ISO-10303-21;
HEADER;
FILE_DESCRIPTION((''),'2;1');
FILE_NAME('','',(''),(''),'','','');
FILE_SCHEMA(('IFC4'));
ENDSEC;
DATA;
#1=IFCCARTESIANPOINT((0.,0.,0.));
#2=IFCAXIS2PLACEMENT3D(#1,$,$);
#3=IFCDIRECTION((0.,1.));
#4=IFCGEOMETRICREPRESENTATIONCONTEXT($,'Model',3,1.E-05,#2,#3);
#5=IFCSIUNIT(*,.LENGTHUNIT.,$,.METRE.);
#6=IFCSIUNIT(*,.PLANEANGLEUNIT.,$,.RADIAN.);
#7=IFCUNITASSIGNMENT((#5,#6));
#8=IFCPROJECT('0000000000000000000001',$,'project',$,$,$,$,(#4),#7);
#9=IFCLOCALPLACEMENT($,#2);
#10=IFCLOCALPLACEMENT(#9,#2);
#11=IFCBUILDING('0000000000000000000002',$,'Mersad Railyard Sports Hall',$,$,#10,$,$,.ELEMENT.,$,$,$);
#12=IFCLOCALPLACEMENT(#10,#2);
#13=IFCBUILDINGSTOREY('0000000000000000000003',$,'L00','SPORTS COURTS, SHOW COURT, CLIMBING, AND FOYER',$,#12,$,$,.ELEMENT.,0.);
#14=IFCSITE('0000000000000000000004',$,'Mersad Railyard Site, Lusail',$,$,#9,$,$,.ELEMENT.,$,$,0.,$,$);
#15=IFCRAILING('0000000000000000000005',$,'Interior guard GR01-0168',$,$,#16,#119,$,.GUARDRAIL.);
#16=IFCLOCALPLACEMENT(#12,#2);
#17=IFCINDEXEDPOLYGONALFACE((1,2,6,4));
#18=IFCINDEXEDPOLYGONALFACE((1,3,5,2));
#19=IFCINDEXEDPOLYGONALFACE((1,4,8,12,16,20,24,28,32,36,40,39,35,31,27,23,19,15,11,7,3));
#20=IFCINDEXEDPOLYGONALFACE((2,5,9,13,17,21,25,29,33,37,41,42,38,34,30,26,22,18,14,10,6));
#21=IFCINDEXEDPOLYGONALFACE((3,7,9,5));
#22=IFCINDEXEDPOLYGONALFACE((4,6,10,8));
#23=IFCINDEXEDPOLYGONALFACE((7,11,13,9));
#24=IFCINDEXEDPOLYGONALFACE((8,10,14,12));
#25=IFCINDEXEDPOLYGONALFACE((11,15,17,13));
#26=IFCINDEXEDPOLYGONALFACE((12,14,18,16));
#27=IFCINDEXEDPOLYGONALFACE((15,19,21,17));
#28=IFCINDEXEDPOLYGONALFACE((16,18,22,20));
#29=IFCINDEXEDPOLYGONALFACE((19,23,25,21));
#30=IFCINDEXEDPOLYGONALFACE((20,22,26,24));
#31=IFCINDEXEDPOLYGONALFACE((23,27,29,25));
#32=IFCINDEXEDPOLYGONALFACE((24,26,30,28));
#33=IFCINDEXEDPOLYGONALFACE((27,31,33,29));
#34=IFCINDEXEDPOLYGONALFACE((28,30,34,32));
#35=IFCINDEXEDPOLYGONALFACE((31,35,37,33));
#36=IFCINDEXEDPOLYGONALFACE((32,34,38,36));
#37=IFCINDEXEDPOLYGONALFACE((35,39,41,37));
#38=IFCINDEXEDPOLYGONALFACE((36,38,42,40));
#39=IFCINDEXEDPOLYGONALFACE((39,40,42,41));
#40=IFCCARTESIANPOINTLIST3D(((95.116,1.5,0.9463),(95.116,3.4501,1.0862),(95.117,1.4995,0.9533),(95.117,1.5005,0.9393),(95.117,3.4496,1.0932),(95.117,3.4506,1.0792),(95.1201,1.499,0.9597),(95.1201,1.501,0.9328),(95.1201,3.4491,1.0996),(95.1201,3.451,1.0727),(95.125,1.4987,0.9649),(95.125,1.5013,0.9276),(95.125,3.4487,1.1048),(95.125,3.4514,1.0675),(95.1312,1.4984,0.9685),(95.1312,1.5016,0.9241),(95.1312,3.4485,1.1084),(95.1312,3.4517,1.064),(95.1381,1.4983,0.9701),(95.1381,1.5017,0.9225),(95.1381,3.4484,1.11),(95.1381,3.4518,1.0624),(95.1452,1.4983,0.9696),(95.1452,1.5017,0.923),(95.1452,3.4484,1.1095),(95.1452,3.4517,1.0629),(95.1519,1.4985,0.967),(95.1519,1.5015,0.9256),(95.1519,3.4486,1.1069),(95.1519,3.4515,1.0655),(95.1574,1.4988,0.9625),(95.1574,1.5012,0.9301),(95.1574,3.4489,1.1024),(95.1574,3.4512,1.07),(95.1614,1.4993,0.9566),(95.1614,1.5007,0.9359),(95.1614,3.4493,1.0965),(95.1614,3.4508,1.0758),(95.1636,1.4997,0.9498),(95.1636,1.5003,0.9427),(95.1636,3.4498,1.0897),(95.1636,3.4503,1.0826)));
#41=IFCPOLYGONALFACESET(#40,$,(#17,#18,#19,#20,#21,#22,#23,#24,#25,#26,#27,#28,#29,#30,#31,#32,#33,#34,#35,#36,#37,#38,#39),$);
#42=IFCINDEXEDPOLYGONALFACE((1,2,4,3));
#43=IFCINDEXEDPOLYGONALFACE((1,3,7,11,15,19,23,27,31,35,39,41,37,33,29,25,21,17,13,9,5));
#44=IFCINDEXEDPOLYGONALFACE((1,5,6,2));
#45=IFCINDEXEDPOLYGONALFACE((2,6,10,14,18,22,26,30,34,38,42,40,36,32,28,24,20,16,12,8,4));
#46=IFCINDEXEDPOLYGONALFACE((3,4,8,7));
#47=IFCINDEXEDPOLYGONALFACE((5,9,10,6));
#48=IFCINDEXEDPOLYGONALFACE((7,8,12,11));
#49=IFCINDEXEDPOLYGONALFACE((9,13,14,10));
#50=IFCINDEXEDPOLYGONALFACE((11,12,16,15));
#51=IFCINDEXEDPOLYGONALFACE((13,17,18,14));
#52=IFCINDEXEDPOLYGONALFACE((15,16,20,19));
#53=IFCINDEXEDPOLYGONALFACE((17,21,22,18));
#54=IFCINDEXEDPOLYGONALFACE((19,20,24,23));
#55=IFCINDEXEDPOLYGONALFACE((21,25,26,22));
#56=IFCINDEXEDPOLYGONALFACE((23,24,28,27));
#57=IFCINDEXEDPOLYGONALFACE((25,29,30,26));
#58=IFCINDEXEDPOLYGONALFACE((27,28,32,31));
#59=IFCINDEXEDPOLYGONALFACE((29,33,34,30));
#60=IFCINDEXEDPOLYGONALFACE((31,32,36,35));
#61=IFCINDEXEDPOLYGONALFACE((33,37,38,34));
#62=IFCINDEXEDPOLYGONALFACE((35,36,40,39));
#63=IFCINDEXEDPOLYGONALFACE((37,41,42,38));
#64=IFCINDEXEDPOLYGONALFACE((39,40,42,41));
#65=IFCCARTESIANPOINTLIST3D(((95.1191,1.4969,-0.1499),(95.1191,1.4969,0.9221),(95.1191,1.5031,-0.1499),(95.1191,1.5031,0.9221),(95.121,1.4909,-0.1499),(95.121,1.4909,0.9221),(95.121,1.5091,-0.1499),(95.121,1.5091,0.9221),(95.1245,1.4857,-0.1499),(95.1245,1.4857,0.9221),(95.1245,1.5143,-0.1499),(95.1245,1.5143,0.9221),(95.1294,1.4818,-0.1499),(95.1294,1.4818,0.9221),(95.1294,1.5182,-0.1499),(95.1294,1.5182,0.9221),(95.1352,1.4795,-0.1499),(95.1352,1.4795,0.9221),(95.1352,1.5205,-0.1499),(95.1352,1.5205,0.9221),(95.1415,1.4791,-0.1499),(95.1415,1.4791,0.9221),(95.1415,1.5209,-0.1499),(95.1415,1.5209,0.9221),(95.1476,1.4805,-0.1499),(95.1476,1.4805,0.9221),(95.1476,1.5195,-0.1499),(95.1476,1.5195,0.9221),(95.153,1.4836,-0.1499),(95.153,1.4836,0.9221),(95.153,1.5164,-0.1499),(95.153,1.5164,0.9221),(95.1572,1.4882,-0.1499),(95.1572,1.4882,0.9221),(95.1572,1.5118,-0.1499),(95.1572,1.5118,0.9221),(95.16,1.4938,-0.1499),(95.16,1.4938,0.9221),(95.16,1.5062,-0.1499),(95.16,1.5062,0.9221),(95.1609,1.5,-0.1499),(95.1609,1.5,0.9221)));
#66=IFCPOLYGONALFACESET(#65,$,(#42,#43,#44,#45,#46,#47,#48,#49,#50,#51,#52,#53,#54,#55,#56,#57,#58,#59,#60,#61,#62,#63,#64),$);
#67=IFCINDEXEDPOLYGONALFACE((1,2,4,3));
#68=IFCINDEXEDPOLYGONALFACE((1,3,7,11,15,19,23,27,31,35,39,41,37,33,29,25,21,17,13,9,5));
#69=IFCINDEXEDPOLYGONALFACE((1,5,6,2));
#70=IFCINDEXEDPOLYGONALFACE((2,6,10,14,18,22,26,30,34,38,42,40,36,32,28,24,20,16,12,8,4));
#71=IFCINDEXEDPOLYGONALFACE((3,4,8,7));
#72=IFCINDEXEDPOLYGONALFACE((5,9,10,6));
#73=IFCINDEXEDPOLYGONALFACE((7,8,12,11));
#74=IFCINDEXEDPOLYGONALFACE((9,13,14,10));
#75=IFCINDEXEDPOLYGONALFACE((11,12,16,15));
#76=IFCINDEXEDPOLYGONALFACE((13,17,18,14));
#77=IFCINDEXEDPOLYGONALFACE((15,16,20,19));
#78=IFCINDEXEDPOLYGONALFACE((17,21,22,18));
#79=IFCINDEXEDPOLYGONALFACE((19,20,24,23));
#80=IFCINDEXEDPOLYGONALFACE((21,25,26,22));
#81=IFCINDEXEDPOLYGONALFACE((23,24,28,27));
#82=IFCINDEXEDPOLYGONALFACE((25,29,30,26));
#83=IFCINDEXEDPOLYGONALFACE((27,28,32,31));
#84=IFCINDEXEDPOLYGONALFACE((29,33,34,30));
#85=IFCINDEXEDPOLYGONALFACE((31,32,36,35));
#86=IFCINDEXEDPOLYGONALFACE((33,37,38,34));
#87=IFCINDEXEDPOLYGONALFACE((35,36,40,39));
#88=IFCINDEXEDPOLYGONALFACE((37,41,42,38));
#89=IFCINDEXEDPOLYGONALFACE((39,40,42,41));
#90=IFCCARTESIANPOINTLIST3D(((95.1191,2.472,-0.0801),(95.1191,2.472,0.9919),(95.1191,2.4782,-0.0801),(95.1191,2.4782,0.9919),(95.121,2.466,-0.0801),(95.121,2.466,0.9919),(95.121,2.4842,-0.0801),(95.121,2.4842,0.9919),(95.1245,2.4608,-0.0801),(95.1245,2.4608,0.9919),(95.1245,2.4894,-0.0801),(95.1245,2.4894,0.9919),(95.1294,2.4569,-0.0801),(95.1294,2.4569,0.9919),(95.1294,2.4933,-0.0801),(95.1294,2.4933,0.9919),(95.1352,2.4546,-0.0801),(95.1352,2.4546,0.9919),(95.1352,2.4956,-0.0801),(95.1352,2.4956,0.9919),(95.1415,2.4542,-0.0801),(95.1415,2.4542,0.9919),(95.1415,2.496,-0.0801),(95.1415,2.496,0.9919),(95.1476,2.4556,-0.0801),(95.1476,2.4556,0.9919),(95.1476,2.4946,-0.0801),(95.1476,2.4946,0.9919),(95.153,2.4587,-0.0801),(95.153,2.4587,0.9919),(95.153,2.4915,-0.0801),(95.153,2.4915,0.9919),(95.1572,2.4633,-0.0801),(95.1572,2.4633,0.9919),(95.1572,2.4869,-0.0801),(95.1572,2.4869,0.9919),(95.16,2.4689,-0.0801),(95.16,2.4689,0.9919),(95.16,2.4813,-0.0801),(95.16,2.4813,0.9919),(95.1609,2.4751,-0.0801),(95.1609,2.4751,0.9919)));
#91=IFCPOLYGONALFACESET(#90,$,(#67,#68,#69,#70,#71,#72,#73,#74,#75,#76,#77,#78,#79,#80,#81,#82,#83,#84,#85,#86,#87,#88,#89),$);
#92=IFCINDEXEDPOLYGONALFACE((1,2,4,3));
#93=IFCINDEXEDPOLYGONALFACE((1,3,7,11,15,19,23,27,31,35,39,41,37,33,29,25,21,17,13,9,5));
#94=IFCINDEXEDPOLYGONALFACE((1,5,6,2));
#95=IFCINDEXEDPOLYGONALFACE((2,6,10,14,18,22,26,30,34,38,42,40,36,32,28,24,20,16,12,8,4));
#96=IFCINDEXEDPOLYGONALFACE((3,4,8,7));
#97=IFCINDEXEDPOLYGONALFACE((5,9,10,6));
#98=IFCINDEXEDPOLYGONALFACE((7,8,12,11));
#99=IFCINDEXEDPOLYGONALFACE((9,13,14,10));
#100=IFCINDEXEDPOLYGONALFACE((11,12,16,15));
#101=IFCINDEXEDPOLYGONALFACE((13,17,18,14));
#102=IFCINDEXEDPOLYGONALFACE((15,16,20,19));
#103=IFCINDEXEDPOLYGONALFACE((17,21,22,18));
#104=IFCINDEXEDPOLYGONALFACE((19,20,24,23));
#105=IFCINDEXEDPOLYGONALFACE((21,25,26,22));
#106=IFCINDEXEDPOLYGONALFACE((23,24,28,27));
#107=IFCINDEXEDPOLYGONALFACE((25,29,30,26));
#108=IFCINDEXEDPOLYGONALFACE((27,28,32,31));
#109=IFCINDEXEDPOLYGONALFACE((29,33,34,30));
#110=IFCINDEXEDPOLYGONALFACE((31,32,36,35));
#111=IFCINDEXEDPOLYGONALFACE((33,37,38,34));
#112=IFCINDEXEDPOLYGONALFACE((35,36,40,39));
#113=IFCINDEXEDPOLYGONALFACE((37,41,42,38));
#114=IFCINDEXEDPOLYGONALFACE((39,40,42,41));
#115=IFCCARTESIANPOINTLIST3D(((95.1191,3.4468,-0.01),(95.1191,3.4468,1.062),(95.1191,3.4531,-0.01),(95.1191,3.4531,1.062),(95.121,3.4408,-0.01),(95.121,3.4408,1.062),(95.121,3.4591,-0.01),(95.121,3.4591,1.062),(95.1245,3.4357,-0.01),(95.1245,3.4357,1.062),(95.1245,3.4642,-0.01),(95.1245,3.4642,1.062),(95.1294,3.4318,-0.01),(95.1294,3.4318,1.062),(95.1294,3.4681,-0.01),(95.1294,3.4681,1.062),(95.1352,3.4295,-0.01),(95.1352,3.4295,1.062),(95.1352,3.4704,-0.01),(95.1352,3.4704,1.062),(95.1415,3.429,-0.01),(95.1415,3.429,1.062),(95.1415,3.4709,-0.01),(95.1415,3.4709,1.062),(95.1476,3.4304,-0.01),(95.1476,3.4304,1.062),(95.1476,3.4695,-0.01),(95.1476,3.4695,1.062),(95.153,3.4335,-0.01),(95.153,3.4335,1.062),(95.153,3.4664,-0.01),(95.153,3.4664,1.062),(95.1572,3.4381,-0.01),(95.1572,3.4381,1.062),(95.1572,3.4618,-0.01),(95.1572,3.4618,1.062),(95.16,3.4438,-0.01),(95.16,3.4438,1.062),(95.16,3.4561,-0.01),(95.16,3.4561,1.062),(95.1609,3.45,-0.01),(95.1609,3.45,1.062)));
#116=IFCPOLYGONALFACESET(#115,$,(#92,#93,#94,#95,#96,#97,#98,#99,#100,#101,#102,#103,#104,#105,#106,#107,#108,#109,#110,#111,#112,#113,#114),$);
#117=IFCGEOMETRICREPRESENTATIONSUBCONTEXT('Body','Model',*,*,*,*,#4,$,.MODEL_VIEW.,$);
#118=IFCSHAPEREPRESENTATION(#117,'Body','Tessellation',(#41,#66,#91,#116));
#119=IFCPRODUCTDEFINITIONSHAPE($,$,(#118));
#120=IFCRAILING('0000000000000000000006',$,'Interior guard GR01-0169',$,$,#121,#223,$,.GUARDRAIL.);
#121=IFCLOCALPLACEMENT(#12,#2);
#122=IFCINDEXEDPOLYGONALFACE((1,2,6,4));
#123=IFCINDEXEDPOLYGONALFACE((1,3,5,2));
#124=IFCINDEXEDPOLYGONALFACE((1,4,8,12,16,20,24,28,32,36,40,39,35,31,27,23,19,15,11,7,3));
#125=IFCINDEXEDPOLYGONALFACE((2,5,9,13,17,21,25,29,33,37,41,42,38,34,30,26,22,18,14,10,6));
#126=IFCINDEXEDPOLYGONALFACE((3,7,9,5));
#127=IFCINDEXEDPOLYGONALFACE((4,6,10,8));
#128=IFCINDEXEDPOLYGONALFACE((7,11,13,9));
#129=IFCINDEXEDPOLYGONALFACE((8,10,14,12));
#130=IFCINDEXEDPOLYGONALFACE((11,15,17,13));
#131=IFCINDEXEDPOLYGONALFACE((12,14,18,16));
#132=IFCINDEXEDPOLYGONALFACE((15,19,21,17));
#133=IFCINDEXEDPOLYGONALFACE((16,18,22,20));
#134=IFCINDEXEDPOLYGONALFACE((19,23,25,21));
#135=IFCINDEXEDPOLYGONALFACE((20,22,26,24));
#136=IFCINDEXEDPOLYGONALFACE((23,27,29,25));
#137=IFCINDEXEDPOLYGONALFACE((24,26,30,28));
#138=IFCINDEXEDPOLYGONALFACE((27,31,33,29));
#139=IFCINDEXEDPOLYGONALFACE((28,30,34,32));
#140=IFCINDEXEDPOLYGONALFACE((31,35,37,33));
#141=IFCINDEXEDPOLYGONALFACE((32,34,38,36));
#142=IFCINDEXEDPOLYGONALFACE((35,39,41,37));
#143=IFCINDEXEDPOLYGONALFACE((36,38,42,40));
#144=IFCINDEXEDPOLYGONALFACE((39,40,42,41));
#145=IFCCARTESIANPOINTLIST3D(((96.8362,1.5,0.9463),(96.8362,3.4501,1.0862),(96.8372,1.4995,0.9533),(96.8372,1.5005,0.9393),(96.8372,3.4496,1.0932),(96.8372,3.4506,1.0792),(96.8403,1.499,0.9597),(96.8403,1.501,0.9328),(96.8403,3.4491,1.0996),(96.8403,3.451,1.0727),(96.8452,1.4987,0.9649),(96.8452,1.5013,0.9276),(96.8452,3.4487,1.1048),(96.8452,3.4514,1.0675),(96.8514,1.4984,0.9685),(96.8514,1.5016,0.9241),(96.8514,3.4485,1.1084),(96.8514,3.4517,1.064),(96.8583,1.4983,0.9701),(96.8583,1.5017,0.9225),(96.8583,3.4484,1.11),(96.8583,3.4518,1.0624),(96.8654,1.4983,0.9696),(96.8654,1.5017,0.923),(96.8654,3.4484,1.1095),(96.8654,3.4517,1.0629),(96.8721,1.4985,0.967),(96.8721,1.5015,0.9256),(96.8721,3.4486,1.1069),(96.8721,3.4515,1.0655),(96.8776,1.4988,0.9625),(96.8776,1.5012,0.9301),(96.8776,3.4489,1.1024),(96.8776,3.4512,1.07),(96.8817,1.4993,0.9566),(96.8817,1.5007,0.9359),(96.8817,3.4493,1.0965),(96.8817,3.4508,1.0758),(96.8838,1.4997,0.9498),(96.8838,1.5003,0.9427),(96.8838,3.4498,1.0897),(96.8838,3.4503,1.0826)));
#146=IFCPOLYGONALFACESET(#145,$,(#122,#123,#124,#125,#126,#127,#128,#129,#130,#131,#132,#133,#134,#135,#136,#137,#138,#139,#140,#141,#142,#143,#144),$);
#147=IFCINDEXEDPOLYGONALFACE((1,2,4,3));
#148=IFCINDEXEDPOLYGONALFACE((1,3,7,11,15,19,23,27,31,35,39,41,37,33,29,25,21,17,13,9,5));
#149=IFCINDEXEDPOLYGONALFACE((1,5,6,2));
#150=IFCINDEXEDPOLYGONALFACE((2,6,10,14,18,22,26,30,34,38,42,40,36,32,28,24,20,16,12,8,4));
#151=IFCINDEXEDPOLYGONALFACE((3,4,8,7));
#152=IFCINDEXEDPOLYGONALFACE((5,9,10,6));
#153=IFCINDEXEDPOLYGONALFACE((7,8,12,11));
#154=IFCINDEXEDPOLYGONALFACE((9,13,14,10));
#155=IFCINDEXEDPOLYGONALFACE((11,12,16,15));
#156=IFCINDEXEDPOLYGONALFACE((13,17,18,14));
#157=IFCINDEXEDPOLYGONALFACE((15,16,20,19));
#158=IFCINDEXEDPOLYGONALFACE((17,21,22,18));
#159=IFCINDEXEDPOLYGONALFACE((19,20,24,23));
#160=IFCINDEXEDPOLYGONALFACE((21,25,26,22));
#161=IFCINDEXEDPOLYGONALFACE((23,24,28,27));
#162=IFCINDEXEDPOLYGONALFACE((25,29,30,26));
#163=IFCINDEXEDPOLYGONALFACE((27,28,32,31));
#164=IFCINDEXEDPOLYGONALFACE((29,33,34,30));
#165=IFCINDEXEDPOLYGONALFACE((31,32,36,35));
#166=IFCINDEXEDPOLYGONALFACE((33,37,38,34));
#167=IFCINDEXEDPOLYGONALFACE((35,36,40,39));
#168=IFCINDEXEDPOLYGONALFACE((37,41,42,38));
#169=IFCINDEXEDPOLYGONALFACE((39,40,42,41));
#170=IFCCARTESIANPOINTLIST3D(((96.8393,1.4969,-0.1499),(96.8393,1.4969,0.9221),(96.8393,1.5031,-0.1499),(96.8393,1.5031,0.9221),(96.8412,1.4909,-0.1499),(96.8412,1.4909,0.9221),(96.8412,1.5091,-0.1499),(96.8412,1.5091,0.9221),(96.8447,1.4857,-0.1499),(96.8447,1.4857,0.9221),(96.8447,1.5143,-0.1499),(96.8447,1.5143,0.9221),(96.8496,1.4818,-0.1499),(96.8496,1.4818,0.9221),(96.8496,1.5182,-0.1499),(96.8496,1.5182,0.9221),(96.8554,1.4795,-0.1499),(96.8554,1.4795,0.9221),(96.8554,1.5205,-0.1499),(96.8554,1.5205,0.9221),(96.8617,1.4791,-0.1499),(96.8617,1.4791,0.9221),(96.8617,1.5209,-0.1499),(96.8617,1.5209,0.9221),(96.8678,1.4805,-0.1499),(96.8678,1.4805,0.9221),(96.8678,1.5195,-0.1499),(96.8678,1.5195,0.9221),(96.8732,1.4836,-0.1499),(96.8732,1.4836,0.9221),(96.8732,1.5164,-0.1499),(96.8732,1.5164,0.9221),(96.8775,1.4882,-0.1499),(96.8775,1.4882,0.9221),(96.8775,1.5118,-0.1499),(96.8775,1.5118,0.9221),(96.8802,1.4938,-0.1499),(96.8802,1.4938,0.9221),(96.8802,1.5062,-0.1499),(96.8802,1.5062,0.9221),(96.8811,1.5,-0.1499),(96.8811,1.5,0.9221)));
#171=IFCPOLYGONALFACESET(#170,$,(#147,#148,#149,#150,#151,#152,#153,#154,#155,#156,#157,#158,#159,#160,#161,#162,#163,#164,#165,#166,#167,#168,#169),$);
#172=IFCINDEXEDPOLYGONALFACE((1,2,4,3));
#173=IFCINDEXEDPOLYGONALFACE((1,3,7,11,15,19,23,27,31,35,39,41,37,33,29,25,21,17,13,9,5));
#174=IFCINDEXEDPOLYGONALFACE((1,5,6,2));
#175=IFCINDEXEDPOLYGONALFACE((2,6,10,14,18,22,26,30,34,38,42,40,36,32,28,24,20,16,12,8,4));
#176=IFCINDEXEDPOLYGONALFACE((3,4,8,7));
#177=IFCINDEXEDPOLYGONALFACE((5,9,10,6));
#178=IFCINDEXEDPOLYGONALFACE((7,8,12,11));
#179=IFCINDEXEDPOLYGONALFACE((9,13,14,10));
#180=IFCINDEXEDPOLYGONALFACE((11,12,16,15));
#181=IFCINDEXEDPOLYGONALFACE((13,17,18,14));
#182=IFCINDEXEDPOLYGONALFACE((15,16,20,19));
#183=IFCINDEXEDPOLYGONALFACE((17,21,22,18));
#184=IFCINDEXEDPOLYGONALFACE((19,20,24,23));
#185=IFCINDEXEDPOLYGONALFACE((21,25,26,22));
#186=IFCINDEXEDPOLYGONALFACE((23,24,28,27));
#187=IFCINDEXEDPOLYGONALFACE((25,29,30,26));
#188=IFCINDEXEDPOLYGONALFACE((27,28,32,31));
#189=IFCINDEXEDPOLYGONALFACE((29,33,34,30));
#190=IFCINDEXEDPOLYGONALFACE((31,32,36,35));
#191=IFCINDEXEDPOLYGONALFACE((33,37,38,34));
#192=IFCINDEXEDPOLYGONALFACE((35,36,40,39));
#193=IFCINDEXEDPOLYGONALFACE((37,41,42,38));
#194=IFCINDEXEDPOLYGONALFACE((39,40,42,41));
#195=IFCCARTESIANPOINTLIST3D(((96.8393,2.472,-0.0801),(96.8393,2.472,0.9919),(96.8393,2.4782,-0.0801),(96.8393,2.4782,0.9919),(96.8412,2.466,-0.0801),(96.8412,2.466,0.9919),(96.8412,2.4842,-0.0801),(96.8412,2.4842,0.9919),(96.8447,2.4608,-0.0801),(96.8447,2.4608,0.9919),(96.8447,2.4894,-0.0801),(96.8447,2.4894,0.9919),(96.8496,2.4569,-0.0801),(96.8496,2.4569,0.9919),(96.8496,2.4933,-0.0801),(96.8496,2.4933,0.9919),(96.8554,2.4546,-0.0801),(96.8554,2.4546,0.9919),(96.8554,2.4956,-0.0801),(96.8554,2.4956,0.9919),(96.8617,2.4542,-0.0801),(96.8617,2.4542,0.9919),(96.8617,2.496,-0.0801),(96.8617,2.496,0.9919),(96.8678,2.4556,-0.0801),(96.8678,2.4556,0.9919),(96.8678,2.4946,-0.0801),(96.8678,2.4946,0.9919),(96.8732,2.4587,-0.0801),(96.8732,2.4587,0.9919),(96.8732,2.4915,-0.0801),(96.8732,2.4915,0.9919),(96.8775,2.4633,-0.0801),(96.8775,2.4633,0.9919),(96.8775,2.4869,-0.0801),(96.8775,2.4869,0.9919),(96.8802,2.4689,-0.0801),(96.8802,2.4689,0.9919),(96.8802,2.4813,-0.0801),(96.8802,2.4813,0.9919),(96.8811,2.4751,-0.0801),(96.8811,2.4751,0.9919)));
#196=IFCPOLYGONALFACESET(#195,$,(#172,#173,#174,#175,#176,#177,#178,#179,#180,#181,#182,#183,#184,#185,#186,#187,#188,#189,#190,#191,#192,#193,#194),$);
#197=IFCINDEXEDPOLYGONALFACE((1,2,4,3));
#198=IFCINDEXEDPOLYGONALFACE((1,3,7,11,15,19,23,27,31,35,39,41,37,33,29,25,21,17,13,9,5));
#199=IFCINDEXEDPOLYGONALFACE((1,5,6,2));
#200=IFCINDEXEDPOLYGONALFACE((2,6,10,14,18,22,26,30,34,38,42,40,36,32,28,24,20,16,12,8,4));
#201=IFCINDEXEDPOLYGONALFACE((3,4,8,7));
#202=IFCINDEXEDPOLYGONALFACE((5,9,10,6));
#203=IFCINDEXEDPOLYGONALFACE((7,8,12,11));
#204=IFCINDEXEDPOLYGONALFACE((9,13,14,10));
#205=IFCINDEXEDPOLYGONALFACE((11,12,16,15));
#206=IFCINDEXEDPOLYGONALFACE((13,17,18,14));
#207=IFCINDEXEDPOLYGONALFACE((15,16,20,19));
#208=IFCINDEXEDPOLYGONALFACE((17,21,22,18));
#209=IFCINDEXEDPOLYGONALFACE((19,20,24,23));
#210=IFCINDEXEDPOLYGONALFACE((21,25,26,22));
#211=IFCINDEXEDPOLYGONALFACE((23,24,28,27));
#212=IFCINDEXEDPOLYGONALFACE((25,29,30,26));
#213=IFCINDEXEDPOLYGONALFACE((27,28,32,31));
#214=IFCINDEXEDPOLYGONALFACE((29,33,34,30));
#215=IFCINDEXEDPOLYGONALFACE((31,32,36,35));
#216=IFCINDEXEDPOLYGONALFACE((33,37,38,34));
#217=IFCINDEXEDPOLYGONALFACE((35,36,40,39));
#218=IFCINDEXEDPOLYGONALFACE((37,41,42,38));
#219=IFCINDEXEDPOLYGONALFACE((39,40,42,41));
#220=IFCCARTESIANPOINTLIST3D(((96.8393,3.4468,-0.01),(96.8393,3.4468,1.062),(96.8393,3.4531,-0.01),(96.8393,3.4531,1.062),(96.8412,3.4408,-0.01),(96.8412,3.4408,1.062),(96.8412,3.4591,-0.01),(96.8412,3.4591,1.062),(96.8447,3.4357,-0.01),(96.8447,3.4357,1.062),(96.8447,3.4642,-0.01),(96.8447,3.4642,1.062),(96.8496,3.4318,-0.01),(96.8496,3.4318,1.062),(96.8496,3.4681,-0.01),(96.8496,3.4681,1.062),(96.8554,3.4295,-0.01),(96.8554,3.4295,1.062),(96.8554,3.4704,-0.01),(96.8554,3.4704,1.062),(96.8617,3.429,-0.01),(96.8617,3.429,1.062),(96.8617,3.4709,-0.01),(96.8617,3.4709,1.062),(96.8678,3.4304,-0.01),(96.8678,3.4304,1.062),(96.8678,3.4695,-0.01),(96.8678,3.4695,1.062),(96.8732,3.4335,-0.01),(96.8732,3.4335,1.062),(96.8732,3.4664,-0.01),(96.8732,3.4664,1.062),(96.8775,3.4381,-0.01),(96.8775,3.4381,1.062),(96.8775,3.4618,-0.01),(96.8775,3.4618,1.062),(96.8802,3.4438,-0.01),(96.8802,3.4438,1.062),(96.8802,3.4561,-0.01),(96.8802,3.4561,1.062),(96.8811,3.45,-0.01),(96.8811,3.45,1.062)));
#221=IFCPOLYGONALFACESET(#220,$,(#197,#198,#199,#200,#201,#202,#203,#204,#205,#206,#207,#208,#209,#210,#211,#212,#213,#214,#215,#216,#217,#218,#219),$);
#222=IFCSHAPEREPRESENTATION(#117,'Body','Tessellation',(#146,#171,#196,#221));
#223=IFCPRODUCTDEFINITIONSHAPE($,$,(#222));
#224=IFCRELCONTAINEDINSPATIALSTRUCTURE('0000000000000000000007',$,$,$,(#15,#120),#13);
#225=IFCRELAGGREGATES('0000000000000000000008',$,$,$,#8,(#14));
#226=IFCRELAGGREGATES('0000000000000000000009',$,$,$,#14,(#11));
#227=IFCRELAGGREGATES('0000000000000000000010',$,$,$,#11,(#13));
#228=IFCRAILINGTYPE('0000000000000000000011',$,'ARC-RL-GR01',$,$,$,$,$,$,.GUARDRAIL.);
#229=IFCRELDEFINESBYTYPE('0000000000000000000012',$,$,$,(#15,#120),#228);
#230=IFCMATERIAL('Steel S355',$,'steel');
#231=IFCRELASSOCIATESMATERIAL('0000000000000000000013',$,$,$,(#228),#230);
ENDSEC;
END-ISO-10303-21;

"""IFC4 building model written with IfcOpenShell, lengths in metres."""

from ifc_helpers import new_model, si_unit, direction, frame, origin, origin_2d, place, context, subcontext, project, spatial, circle, extrude, material, type_object, element, save


model = new_model("IFC4")

# Units and contexts
model_context = context("Model", 3, precision=1e-05, world=origin(), true_north=direction((0.0, 1.0)))
body_context = subcontext(model_context, "Body", "Model", "MODEL_VIEW")
ifc_project = project(units=[si_unit("LENGTHUNIT", "METRE"), si_unit("PLANEANGLEUNIT", "RADIAN")], contexts=[model_context])

# Site, building, storey
site_placement = place(None, origin())
site = spatial("IfcSite", under=ifc_project, at=site_placement, Name="Mersad Railyard Site, Lusail", CompositionType="ELEMENT", RefElevation=0.0)
building_placement = place(site_placement, origin())
building = spatial("IfcBuilding", under=site, at=building_placement, Name="Mersad Railyard Sports Hall", CompositionType="ELEMENT")
storey_placement = place(building_placement, origin())
storey = spatial("IfcBuildingStorey", under=building, at=storey_placement, Name="L00", Description="SPORTS COURTS, SHOW COURT, CLIMBING, AND FOYER", CompositionType="ELEMENT", Elevation=0.0)

# Railings
ifc_material_1 = material(Name="Steel S355", Category="steel")
railing_type = type_object("IfcRailingType", Name="ARC-RL-GR01", PredefinedType="GUARDRAIL", material=ifc_material_1)
for number, where, name in (
    (1, (95.1399, 1.5, -0.1499), "Interior guard GR01-0168"),
    (2, (96.8601, 1.5, -0.1499), "Interior guard GR01-0169"),
):
    element("IfcRailing", number, at=place(storey_placement, frame(where)), inside=storey, type_object=railing_type, Name=name, PredefinedType="GUARDRAIL", context=body_context, shape_type="SweptSolid", body=[
        extrude(circle(Radius=0.0239, at=origin_2d()), frame((0.0, 0.0, 1.0962), z_axis=(0.0, 0.997436, 0.071558), x_axis=(-1.0, 0.0, 0.0)), (0.0, 0.0, 1.0), 1.9551),
        extrude(circle(Radius=0.021, at=origin_2d()), origin(), (0.0, 0.0, 1.0), 1.072),
        extrude(circle(Radius=0.021, at=origin_2d()), frame((0.0, 0.9751, 0.0698)), (0.0, 0.0, 1.0), 1.072),
        extrude(circle(Radius=0.021, at=origin_2d()), frame((0.0, 1.95, 0.1399)), (0.0, 0.0, 1.0), 1.072),
    ])

save(model, "model.ifc")
